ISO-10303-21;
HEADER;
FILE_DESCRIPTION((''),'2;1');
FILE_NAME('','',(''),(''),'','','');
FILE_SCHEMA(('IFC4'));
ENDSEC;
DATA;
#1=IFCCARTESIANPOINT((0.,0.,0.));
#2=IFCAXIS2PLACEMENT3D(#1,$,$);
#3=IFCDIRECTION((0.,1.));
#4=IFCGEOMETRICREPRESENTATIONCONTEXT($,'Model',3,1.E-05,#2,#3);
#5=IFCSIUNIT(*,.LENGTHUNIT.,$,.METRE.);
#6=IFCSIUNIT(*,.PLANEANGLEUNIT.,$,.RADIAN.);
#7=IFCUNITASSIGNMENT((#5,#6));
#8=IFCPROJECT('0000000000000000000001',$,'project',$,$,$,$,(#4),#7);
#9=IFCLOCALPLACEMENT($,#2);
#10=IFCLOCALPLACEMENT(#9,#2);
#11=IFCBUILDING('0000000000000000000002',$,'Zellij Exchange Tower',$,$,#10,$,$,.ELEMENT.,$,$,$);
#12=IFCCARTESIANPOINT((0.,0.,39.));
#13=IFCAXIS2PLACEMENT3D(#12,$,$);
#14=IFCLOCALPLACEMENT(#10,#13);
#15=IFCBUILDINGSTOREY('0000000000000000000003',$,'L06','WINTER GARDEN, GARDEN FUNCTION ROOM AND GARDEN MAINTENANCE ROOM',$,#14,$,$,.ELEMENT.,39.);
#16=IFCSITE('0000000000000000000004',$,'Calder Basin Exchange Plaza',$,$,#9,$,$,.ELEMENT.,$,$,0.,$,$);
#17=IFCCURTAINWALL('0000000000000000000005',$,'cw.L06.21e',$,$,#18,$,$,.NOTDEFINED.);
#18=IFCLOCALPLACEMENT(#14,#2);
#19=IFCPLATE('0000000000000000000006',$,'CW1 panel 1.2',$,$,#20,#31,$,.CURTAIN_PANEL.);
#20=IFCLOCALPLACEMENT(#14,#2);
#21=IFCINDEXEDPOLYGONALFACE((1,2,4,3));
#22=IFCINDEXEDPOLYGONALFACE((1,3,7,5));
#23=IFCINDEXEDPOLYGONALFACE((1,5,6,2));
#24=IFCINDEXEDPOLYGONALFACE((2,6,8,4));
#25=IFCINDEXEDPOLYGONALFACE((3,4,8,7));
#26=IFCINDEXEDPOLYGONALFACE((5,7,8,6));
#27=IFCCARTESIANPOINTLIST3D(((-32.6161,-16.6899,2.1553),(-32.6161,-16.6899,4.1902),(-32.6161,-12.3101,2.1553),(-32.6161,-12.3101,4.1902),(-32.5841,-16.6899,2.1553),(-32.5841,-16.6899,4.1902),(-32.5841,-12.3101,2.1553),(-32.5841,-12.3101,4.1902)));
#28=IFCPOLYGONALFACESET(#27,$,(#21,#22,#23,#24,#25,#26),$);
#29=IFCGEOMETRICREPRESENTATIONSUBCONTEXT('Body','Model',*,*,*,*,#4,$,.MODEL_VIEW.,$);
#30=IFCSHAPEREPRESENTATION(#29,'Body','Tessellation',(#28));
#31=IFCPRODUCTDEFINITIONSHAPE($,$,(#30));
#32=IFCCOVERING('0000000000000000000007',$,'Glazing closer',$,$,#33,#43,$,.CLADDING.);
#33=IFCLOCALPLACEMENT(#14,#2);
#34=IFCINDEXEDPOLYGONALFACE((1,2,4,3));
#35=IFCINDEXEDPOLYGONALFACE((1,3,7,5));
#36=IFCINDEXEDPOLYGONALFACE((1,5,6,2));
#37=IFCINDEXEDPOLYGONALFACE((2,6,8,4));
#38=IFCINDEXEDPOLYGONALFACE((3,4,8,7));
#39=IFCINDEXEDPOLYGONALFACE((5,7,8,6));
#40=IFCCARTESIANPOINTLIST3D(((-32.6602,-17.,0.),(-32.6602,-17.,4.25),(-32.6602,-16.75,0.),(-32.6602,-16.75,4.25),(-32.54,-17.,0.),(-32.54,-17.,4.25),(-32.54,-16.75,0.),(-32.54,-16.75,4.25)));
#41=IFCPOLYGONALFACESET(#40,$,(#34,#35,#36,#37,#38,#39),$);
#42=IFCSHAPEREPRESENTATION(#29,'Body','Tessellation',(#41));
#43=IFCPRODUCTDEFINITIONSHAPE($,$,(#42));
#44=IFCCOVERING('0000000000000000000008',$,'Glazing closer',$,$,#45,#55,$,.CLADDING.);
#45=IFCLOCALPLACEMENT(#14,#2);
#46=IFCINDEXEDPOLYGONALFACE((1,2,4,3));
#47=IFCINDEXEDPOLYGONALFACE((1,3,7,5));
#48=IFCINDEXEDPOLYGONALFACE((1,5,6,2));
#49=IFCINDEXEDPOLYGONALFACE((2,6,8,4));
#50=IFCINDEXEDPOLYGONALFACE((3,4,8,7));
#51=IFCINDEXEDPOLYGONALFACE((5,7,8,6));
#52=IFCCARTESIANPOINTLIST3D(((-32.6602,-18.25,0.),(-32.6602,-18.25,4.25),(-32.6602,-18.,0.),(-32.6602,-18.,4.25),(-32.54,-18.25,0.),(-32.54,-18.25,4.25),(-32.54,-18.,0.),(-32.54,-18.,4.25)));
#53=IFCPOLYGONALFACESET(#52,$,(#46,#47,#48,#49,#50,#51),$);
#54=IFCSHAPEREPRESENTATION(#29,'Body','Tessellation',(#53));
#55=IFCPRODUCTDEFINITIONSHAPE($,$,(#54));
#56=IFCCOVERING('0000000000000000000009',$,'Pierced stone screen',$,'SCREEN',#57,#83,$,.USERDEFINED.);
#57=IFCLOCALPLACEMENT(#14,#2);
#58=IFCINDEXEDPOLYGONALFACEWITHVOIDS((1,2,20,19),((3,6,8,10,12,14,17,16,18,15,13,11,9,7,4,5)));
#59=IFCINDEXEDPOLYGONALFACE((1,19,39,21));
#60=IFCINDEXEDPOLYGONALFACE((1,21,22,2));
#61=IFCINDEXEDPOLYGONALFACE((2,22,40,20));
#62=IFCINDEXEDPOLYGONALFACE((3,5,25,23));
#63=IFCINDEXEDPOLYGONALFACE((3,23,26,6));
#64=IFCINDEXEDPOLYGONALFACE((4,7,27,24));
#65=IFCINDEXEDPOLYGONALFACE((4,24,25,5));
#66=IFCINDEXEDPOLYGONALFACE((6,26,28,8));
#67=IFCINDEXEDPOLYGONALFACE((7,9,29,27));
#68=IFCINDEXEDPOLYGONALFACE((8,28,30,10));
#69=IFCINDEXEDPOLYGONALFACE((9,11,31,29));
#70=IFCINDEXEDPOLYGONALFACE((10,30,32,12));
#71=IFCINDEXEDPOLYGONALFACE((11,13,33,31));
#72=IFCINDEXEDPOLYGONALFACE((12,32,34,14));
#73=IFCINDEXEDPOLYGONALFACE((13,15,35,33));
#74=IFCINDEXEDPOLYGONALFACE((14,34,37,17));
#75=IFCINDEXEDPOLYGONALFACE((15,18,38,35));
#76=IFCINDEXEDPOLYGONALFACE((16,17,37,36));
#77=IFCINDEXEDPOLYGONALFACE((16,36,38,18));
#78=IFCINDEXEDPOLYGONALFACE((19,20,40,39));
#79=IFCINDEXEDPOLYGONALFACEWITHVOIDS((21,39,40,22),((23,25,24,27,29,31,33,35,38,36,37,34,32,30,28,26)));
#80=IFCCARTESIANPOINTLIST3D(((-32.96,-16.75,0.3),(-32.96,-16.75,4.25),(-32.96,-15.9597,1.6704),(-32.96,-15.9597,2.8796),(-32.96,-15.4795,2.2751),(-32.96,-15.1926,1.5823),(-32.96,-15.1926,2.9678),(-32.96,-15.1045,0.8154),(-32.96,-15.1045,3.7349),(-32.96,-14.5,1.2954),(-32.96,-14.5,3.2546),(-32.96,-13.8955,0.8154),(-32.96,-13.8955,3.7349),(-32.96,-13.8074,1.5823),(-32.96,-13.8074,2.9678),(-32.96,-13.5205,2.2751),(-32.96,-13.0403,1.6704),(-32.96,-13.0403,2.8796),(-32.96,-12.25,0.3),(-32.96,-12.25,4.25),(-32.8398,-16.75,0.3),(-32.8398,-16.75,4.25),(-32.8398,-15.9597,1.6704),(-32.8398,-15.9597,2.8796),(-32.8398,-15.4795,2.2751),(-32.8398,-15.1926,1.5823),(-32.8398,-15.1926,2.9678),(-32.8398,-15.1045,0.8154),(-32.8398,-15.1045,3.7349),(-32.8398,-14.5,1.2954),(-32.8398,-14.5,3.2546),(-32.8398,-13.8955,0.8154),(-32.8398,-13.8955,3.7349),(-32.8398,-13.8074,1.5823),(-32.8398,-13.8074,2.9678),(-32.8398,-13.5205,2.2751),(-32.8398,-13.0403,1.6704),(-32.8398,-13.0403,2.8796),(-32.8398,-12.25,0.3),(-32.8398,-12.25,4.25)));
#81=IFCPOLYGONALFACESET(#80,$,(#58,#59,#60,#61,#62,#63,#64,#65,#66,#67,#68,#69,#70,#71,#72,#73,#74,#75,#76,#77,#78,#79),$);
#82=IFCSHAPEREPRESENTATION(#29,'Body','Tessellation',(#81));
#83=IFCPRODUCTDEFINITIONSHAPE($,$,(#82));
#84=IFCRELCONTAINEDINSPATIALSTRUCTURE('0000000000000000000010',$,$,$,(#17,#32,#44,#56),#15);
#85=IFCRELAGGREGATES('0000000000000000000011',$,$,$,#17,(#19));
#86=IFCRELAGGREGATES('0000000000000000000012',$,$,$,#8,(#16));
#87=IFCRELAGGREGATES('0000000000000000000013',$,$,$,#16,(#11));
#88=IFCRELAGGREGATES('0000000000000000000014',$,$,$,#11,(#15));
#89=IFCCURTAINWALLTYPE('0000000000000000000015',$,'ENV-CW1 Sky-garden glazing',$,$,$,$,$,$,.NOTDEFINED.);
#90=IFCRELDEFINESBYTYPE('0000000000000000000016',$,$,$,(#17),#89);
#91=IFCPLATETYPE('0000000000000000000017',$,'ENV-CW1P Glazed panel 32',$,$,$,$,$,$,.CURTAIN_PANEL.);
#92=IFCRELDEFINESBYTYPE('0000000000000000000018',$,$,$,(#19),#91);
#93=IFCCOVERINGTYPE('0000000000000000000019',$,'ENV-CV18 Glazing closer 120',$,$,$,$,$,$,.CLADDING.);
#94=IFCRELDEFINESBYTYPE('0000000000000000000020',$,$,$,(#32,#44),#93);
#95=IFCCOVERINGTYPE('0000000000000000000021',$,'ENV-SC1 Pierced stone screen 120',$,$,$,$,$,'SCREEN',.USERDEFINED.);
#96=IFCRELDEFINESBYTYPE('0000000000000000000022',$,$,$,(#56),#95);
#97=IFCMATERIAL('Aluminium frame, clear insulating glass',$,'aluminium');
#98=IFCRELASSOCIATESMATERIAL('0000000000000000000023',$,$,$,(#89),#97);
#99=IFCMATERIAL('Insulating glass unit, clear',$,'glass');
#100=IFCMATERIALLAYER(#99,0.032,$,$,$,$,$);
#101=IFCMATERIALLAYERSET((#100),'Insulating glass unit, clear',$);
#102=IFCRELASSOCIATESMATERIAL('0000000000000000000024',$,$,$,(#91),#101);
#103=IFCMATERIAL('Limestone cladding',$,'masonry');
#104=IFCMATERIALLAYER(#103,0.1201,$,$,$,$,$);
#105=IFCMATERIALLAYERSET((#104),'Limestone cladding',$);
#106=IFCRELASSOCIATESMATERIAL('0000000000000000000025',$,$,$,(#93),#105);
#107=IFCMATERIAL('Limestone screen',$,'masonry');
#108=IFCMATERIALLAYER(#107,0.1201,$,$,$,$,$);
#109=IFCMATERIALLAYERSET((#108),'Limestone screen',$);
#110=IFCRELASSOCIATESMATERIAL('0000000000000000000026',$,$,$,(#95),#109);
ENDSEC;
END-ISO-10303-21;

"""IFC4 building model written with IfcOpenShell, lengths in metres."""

from ifc_helpers import new_model, si_unit, direction, frame, origin, origin_2d, place, context, subcontext, project, spatial, polyline, rectangle, outline, extrude, material, layer, layer_set, type_object, element, aggregate, save


model = new_model("IFC4")

# Units and contexts
model_context = context("Model", 3, precision=1e-05, world=origin(), true_north=direction((0.0, 1.0)))
body_context = subcontext(model_context, "Body", "Model", "MODEL_VIEW")
ifc_project = project(units=[si_unit("LENGTHUNIT", "METRE"), si_unit("PLANEANGLEUNIT", "RADIAN")], contexts=[model_context])

# Site, building, storey
site_placement = place(None, origin())
site = spatial("IfcSite", under=ifc_project, at=site_placement, Name="Calder Basin Exchange Plaza", CompositionType="ELEMENT", RefElevation=0.0)
building_placement = place(site_placement, origin())
building = spatial("IfcBuilding", under=site, at=building_placement, Name="Zellij Exchange Tower", CompositionType="ELEMENT")
storey_placement = place(building_placement, frame((0.0, 0.0, 39.0)))
storey = spatial("IfcBuildingStorey", under=building, at=storey_placement, Name="L06", Description="WINTER GARDEN, GARDEN FUNCTION ROOM AND GARDEN MAINTENANCE ROOM", CompositionType="ELEMENT", Elevation=39.0)

# Shared definitions
ifc_material_1 = material(Name="Aluminium frame, clear insulating glass", Category="aluminium")
curtain_wall_type = type_object("IfcCurtainWallType", Name="ENV-CW1 Sky-garden glazing", PredefinedType="NOTDEFINED", material=ifc_material_1)

# Curtain wall
curtain_wall_1_placement = place(storey_placement, origin())
curtain_wall_1 = element("IfcCurtainWall", 1, at=curtain_wall_1_placement, inside=storey, type_object=curtain_wall_type, Name="cw.L06.21e", PredefinedType="NOTDEFINED")

# Plate
ifc_material_2 = material(Name="Insulating glass unit, clear", Category="glass")
ifc_layer_1 = layer(ifc_material_2, 0.032)
ifc_layer_set_1 = layer_set([ifc_layer_1], Name="Insulating glass unit, clear")
plate_type = type_object("IfcPlateType", Name="ENV-CW1P Glazed panel 32", PredefinedType="CURTAIN_PANEL", material=ifc_layer_set_1)
plate_1_placement = place(storey_placement, frame((-32.6001, -14.5, 2.1553), z_axis=(0.0, 0.0, 1.0), x_axis=(0.0, -1.0, 0.0)))
plate_1 = element("IfcPlate", 2, at=plate_1_placement, type_object=plate_type, Name="CW1 panel 1.2", PredefinedType="CURTAIN_PANEL", context=body_context, shape_type="SweptSolid", body=[
    extrude(rectangle(XDim=4.3799, YDim=0.032, at=origin_2d()), origin(), (0.0, 0.0, 1.0), 2.0349),
])
aggregate(curtain_wall_1, [plate_1])

# Coverings
ifc_material_3 = material(Name="Limestone cladding", Category="masonry")
ifc_layer_2 = layer(ifc_material_3, 0.1201)
ifc_layer_set_2 = layer_set([ifc_layer_2], Name="Limestone cladding")
covering_type_1 = type_object("IfcCoveringType", Name="ENV-CV18 Glazing closer 120", PredefinedType="CLADDING", material=ifc_layer_set_2)
for number, where, z_axis, x_axis, name in (
    (3, (-32.6001, -16.875, 0.0), (0.0, 0.0, 1.0), (0.0, -1.0, 0.0), "Glazing closer"),
    (4, (-32.6001, -18.125, 0.0), (0.0, 0.0, 1.0), (0.0, 1.0, 0.0), "Glazing closer"),
):
    element("IfcCovering", number, at=place(storey_placement, frame(where, z_axis=z_axis, x_axis=x_axis)), inside=storey, type_object=covering_type_1, Name=name, PredefinedType="CLADDING", context=body_context, shape_type="SweptSolid", body=[
        extrude(rectangle(XDim=0.25, YDim=0.1201, at=origin_2d()), origin(), (0.0, 0.0, 1.0), 4.25),
    ])
ifc_material_4 = material(Name="Limestone screen", Category="masonry")
ifc_layer_3 = layer(ifc_material_4, 0.1201)
ifc_layer_set_3 = layer_set([ifc_layer_3], Name="Limestone screen")
covering_type_2 = type_object("IfcCoveringType", Name="ENV-SC1 Pierced stone screen 120", ElementType="SCREEN", PredefinedType="USERDEFINED", material=ifc_layer_set_3)
covering_placement = place(storey_placement, frame((-32.8999, -12.25, 0.3), z_axis=(0.0, 0.0, 1.0), x_axis=(0.0, -1.0, 0.0)))
element("IfcCovering", 5, at=covering_placement, inside=storey, type_object=covering_type_2, Name="Pierced stone screen", ObjectType="SCREEN", PredefinedType="USERDEFINED", context=body_context, shape_type="SweptSolid", body=[
    extrude(outline(polyline([(0.0, 0.0), (4.5, 0.0), (4.5, 3.95), (0.0, 3.95), (0.0, 0.0)]), holes=[polyline([(3.7097, 2.5796), (2.9426, 2.6677), (2.8545, 3.4348), (2.25, 2.9546), (1.6455, 3.4348), (1.5574, 2.6677), (0.7903, 2.5796), (1.2705, 1.9751), (0.7903, 1.3704), (1.5574, 1.2822), (1.6455, 0.5154), (2.25, 0.9954), (2.8545, 0.5154), (2.9426, 1.2822), (3.7097, 1.3704), (3.2295, 1.9751), (3.7097, 2.5796)])]), frame((0.0, 0.0601, 0.0), z_axis=(0.0, -1.0, 0.0), x_axis=(1.0, 0.0, 0.0)), (0.0, 0.0, 1.0), 0.1201),
])

save(model, "model.ifc")
